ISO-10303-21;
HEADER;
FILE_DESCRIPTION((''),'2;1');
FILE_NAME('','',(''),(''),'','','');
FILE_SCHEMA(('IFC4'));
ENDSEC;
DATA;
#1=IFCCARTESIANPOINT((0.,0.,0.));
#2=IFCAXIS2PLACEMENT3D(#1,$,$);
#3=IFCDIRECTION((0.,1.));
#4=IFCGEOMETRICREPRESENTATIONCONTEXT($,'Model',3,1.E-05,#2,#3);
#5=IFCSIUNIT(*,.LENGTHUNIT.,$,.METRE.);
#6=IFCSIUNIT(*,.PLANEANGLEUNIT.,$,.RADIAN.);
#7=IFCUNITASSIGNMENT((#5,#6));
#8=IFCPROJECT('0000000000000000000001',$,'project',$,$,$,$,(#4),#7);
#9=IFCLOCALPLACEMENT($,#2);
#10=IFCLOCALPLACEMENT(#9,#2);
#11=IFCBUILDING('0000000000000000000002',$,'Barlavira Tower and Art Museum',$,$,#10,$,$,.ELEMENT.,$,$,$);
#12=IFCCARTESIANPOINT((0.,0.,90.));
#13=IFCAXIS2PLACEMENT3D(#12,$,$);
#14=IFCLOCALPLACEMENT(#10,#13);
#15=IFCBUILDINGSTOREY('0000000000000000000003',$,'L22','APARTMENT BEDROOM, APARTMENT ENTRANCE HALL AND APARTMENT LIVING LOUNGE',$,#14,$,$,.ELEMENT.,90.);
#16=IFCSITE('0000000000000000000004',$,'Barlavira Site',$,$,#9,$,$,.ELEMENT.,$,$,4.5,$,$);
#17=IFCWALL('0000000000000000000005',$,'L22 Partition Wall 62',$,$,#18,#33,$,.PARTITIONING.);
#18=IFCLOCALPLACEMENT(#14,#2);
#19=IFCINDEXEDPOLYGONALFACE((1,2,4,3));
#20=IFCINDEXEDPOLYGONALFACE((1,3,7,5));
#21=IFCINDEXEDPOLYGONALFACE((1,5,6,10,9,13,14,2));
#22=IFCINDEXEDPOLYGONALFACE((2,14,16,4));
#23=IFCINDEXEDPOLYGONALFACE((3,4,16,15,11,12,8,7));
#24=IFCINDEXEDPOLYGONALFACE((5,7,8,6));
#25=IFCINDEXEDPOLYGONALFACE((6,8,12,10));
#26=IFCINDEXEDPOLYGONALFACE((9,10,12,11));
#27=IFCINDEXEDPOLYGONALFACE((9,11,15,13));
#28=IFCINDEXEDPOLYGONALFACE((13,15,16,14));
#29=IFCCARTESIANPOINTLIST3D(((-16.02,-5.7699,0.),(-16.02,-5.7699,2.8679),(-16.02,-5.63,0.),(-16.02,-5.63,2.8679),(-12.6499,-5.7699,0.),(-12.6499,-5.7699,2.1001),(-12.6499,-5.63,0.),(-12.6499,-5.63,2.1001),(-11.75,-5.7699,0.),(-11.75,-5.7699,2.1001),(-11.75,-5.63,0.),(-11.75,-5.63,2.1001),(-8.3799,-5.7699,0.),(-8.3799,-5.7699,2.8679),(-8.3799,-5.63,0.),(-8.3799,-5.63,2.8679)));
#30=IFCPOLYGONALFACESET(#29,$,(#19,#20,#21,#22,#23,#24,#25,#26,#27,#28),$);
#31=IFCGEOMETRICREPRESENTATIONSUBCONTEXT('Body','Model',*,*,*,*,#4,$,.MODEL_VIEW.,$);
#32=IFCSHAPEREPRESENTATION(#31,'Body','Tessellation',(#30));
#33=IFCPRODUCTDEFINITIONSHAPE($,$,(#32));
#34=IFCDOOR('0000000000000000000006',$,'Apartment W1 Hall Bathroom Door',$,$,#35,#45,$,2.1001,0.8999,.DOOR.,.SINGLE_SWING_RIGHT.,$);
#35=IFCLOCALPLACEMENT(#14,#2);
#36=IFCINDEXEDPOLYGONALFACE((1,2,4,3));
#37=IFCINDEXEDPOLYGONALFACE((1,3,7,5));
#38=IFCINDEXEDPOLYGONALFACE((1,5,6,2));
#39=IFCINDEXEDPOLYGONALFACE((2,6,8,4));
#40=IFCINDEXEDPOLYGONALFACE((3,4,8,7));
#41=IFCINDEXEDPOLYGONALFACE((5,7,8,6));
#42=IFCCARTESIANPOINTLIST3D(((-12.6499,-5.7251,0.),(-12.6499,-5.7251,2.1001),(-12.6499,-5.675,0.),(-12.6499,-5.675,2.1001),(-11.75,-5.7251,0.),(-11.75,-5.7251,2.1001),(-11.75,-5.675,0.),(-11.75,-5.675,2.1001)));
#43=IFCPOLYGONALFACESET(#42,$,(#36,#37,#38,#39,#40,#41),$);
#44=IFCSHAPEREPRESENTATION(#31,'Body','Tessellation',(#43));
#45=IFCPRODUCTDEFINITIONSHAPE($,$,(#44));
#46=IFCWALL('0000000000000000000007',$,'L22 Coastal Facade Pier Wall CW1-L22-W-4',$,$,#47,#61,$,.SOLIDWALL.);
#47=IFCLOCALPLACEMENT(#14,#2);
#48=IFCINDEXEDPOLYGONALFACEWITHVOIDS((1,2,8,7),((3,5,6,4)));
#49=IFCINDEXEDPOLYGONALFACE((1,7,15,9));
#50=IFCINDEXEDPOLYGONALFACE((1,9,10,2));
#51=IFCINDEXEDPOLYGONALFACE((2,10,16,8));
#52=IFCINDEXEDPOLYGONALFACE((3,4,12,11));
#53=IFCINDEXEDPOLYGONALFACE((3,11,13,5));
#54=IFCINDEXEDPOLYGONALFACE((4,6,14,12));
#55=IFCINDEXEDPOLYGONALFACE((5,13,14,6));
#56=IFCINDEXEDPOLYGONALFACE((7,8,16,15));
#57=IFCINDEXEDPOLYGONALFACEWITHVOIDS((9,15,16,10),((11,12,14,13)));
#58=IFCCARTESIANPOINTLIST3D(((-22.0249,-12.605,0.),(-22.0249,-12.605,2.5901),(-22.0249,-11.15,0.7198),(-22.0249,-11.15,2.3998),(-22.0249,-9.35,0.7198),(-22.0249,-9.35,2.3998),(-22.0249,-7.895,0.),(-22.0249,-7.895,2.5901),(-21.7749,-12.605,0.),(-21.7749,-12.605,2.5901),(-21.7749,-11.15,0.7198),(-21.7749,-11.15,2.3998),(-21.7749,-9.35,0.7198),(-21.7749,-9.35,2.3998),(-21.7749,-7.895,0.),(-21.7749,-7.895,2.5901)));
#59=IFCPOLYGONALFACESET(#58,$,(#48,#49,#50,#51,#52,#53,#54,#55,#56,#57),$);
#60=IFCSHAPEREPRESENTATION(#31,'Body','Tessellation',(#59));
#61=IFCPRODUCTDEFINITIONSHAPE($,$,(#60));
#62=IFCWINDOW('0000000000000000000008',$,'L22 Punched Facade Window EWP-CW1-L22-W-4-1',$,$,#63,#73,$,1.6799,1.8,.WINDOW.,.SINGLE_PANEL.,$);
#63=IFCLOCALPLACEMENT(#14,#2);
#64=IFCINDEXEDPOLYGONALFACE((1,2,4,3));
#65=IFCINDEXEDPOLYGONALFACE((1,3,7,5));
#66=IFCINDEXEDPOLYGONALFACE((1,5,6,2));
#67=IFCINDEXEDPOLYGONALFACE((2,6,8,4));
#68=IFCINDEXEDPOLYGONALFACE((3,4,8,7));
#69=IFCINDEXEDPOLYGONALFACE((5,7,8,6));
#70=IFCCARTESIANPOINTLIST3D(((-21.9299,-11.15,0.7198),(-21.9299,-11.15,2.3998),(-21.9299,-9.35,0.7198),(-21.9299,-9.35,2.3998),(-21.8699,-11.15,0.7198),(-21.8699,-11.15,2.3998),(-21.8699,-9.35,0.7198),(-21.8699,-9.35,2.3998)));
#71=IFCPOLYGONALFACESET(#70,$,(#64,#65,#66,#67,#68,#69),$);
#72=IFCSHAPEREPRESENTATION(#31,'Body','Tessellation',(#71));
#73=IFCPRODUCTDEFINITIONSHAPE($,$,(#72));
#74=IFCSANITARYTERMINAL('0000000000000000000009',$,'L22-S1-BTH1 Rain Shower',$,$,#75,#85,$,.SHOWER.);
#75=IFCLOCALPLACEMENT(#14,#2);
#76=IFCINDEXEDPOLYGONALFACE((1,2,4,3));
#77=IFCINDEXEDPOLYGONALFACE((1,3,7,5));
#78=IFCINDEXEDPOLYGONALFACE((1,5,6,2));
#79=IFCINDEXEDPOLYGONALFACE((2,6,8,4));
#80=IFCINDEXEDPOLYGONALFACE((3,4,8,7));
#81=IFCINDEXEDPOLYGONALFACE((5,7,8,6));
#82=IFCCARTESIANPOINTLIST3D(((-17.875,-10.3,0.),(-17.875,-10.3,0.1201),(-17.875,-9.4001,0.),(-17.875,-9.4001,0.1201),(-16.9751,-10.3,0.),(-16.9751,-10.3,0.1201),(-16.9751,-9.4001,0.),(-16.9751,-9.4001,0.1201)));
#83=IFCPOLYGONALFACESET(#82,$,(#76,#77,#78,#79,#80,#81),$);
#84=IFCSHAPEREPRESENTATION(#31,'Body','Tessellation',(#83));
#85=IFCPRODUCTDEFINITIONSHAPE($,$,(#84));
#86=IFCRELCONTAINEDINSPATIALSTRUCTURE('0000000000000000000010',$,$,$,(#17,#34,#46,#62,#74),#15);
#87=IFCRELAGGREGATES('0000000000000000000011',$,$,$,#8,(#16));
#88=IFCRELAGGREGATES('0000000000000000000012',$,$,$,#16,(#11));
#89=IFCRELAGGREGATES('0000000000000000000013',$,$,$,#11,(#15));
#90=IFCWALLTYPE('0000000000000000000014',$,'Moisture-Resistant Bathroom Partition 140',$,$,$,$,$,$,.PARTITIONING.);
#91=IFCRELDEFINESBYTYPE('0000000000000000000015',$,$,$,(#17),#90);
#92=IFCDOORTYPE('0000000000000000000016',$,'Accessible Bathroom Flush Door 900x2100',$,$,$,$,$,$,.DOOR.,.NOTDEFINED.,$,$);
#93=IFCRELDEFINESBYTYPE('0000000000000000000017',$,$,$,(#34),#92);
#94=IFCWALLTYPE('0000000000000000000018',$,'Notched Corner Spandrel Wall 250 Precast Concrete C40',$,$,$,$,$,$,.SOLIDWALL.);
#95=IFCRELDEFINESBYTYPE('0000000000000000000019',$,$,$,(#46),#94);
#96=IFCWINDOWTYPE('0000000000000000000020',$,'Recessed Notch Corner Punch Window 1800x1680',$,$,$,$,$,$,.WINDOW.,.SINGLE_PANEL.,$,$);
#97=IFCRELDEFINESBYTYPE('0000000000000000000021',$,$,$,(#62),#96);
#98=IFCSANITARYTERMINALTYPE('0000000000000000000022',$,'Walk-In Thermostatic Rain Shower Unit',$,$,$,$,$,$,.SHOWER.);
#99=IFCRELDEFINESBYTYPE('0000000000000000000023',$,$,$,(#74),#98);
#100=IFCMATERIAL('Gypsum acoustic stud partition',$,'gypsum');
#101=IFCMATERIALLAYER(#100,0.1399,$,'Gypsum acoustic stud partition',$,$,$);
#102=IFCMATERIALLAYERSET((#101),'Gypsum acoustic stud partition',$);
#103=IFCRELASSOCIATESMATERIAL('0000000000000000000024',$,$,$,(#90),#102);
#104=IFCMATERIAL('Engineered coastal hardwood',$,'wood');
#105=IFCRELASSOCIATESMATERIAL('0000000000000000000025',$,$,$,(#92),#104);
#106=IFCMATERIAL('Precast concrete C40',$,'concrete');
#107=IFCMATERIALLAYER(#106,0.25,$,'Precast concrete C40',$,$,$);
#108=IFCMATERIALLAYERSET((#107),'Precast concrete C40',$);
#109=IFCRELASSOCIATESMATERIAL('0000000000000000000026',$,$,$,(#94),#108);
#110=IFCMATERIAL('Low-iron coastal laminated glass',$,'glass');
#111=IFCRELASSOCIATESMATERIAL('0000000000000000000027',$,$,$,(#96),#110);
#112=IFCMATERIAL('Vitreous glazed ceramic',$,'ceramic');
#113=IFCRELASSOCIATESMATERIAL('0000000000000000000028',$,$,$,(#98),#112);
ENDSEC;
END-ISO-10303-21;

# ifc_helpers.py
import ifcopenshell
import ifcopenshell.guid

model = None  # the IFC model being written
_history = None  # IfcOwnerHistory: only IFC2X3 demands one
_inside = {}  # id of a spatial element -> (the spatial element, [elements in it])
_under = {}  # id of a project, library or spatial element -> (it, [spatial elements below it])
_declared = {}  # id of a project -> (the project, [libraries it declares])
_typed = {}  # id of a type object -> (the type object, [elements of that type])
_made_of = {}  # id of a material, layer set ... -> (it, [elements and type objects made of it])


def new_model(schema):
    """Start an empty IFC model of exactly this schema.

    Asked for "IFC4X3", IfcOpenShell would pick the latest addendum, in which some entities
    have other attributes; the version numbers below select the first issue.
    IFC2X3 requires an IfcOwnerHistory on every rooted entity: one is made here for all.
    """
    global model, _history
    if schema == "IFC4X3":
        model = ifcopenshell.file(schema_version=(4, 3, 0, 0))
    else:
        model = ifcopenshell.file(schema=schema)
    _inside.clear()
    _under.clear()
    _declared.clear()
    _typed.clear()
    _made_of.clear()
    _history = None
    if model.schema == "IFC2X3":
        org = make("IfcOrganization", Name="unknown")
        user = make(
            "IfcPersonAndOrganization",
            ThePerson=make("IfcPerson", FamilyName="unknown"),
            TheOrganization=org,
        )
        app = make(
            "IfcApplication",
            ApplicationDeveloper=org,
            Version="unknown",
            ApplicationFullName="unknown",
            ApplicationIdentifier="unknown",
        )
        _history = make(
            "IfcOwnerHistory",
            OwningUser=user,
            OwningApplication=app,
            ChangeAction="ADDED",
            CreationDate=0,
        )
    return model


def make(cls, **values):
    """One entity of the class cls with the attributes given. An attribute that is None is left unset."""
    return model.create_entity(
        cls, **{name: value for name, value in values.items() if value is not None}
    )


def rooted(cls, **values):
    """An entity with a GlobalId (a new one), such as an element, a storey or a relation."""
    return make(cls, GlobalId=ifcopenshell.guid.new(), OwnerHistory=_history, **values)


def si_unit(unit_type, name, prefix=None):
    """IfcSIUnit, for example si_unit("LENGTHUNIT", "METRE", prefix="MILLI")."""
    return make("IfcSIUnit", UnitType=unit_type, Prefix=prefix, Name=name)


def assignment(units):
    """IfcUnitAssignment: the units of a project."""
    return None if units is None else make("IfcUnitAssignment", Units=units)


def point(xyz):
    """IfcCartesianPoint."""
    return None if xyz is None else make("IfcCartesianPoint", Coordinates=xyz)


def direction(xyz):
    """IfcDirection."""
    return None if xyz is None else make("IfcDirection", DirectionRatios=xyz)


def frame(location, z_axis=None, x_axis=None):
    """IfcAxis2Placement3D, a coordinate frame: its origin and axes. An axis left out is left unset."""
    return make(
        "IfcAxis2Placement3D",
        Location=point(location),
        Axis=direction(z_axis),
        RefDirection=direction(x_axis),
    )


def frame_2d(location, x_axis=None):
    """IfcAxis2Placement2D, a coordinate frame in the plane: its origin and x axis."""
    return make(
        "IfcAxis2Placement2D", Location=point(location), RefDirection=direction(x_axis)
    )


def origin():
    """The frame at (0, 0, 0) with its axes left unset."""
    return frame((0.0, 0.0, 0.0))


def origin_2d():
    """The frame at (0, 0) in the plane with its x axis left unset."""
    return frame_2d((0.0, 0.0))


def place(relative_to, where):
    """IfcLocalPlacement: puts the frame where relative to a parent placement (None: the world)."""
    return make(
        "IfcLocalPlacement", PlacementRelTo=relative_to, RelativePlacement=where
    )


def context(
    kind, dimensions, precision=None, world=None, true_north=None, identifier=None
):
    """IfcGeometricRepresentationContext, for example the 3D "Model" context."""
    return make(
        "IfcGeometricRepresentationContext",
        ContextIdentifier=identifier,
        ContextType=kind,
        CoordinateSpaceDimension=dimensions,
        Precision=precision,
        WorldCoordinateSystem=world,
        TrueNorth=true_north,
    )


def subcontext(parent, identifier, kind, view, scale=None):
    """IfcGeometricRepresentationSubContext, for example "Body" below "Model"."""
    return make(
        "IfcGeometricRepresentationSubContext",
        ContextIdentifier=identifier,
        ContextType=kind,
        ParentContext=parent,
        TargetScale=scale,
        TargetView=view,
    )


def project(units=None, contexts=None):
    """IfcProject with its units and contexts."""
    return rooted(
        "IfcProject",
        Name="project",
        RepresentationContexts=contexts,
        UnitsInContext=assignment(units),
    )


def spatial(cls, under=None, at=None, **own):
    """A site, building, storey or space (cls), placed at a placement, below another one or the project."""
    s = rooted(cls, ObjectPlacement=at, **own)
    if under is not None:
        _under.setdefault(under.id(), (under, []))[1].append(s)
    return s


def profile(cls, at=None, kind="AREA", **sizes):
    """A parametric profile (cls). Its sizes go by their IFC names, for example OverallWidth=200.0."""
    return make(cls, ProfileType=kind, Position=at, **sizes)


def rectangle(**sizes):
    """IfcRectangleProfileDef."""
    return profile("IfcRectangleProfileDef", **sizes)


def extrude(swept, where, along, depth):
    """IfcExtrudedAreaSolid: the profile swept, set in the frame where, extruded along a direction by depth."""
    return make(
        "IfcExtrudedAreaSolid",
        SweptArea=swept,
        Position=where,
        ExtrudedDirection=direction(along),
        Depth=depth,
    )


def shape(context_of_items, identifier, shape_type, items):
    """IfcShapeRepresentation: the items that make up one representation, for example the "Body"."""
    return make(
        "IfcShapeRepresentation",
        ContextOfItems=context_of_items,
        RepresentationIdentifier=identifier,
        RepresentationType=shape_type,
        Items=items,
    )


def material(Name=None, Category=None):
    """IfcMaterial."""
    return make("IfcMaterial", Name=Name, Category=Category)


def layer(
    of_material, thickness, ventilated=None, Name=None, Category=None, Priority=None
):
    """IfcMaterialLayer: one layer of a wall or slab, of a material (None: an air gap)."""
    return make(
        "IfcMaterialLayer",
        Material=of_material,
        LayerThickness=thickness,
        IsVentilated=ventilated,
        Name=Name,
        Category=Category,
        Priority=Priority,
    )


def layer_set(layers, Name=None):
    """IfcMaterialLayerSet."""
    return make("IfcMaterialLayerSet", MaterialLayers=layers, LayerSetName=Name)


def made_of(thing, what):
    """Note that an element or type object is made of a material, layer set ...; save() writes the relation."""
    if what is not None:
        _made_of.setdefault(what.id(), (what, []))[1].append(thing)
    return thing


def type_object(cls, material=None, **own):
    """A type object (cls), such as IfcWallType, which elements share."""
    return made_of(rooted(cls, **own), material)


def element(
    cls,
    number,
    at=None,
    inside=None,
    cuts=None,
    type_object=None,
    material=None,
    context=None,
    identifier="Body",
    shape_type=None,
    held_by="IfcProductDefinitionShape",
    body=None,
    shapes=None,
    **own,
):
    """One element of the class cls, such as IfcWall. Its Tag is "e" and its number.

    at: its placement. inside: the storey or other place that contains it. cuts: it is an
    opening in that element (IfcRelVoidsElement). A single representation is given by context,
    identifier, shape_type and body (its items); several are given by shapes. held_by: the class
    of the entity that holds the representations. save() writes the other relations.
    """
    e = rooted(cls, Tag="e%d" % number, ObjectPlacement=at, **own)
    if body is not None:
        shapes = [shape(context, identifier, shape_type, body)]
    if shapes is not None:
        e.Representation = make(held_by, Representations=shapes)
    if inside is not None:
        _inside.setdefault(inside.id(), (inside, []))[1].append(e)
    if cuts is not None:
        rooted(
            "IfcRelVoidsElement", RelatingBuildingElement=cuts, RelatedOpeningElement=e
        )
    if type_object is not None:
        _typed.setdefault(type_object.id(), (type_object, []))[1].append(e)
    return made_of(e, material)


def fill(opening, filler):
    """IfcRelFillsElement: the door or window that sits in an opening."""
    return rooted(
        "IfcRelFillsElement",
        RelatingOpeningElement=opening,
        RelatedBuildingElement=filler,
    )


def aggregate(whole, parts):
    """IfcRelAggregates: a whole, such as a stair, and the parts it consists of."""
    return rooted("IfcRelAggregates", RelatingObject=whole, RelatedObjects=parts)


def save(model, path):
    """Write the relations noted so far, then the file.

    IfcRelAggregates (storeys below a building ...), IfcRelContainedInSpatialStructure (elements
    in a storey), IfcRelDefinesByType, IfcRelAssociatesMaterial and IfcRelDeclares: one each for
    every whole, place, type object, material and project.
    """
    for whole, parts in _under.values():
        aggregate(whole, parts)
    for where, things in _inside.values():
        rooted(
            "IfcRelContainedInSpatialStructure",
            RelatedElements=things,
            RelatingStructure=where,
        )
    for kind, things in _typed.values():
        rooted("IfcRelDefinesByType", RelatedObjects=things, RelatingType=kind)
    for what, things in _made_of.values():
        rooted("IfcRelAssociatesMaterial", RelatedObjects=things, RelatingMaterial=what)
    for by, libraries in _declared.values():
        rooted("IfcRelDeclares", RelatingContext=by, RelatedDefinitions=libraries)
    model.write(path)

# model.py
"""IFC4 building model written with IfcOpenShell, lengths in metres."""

from ifc_helpers import new_model, si_unit, direction, frame, frame_2d, origin, origin_2d, place, context, subcontext, project, spatial, rectangle, extrude, material, layer, layer_set, type_object, element, fill, save


model = new_model("IFC4")

# Units and contexts
model_context = context("Model", 3, precision=1e-05, world=origin(), true_north=direction((0.0, 1.0)))
body_context = subcontext(model_context, "Body", "Model", "MODEL_VIEW")
ifc_project = project(units=[si_unit("LENGTHUNIT", "METRE"), si_unit("PLANEANGLEUNIT", "RADIAN")], contexts=[model_context])

# Site, building, storey
site_placement = place(None, origin())
site = spatial("IfcSite", under=ifc_project, at=site_placement, Name="Barlavira Site", CompositionType="ELEMENT", RefElevation=4.5)
building_placement = place(site_placement, origin())
building = spatial("IfcBuilding", under=site, at=building_placement, Name="Barlavira Tower and Art Museum", CompositionType="ELEMENT")
storey_placement = place(building_placement, frame((0.0, 0.0, 90.0)))
storey = spatial("IfcBuildingStorey", under=building, at=storey_placement, Name="L22", Description="APARTMENT BEDROOM, APARTMENT ENTRANCE HALL AND APARTMENT LIVING LOUNGE", CompositionType="ELEMENT", Elevation=90.0)

# Shared definitions
ifc_material_1 = material(Name="Low-iron coastal laminated glass", Category="glass")

# Shared definitions
ifc_material_2 = material(Name="Gypsum acoustic stud partition", Category="gypsum")
ifc_material_3 = material(Name="Engineered coastal hardwood", Category="wood")

# Shared definitions
ifc_layer_1 = layer(ifc_material_2, 0.1399, Name="Gypsum acoustic stud partition")
ifc_layer_set_1 = layer_set([ifc_layer_1], Name="Gypsum acoustic stud partition")
wall_type_1 = type_object("IfcWallType", Name="Moisture-Resistant Bathroom Partition 140", PredefinedType="PARTITIONING", material=ifc_layer_set_1)

# Wall, opening, door
wall_1_placement = place(storey_placement, frame((-16.02, -5.7, 0.0), z_axis=(0.0, 0.0, 1.0), x_axis=(1.0, 0.0, 0.0)))
wall_1 = element("IfcWall", 1, at=wall_1_placement, inside=storey, type_object=wall_type_1, Name="L22 Partition Wall 62", PredefinedType="PARTITIONING", context=body_context, shape_type="SweptSolid", body=[
    extrude(rectangle(XDim=7.6401, YDim=0.1399, at=frame_2d((3.8201, 0.0))), origin(), (0.0, 0.0, 1.0), 2.8679),
])
opening_1_placement = place(wall_1_placement, frame((3.3701, 0.0, 0.0)))
opening_1 = element("IfcOpeningElement", 2, at=opening_1_placement, cuts=wall_1, PredefinedType="OPENING", context=body_context, shape_type="SweptSolid", body=[
    extrude(rectangle(XDim=0.8999, YDim=2.1001, at=frame_2d((0.45, 1.05))), frame((0.0, 0.0801, 0.0), z_axis=(0.0, -1.0, 0.0), x_axis=(1.0, 0.0, 0.0)), (0.0, 0.0, 1.0), 0.1599),
])
door_type_1 = type_object("IfcDoorType", Name="Accessible Bathroom Flush Door 900x2100", OperationType="NOTDEFINED", PredefinedType="DOOR", material=ifc_material_3)
door_1_placement = place(opening_1_placement, origin())
door_1 = element("IfcDoor", 3, at=door_1_placement, inside=storey, type_object=door_type_1, Name="Apartment W1 Hall Bathroom Door", OperationType="SINGLE_SWING_RIGHT", OverallHeight=2.1001, OverallWidth=0.8999, PredefinedType="DOOR", context=body_context, shape_type="SweptSolid", body=[
    extrude(rectangle(XDim=0.8999, YDim=2.1001, at=frame_2d((0.45, 1.05))), frame((0.0, 0.0249, 0.0), z_axis=(0.0, -1.0, 0.0), x_axis=(1.0, 0.0, 0.0)), (0.0, 0.0, 1.0), 0.05),
])
fill(opening_1, door_1)

# Wall, opening, window
ifc_material_4 = material(Name="Precast concrete C40", Category="concrete")
ifc_layer_2 = layer(ifc_material_4, 0.25, Name="Precast concrete C40")
ifc_layer_set_2 = layer_set([ifc_layer_2], Name="Precast concrete C40")
wall_type_2 = type_object("IfcWallType", Name="Notched Corner Spandrel Wall 250 Precast Concrete C40", PredefinedType="SOLIDWALL", material=ifc_layer_set_2)
wall_2_placement = place(storey_placement, frame((-21.8999, -7.895, 0.0), z_axis=(0.0, 0.0, 1.0), x_axis=(0.0, -1.0, 0.0)))
wall_2 = element("IfcWall", 4, at=wall_2_placement, inside=storey, type_object=wall_type_2, Name="L22 Coastal Facade Pier Wall CW1-L22-W-4", PredefinedType="SOLIDWALL", context=body_context, shape_type="SweptSolid", body=[
    extrude(rectangle(XDim=4.71, YDim=0.25, at=frame_2d((2.355, 0.0))), origin(), (0.0, 0.0, 1.0), 2.5901),
])
opening_2_placement = place(wall_2_placement, frame((1.4551, 0.0, 0.72)))
opening_2 = element("IfcOpeningElement", 5, at=opening_2_placement, cuts=wall_2, PredefinedType="OPENING", context=body_context, shape_type="SweptSolid", body=[
    extrude(rectangle(XDim=1.8, YDim=1.6799, at=frame_2d((0.8999, 0.8398))), frame((0.0, 0.135, 0.0), z_axis=(0.0, -1.0, 0.0), x_axis=(1.0, 0.0, 0.0)), (0.0, 0.0, 1.0), 0.27),
])
window_type = type_object("IfcWindowType", Name="Recessed Notch Corner Punch Window 1800x1680", PartitioningType="SINGLE_PANEL", PredefinedType="WINDOW", material=ifc_material_1)
window_placement = place(opening_2_placement, origin())
window = element("IfcWindow", 6, at=window_placement, inside=storey, type_object=window_type, Name="L22 Punched Facade Window EWP-CW1-L22-W-4-1", OverallHeight=1.6799, OverallWidth=1.8, PartitioningType="SINGLE_PANEL", PredefinedType="WINDOW", context=body_context, shape_type="SweptSolid", body=[
    extrude(rectangle(XDim=1.8, YDim=1.6799, at=frame_2d((0.8999, 0.8398))), frame((0.0, 0.03, 0.0), z_axis=(0.0, -1.0, 0.0), x_axis=(1.0, 0.0, 0.0)), (0.0, 0.0, 1.0), 0.0601),
])
fill(opening_2, window)

# Sanitary terminal
ifc_material_5 = material(Name="Vitreous glazed ceramic", Category="ceramic")
sanitary_terminal_type = type_object("IfcSanitaryTerminalType", Name="Walk-In Thermostatic Rain Shower Unit", PredefinedType="SHOWER", material=ifc_material_5)
sanitary_terminal_placement = place(storey_placement, frame((-17.425, -9.8501, 0.0), z_axis=(0.0, 0.0, 1.0), x_axis=(1.0, 0.0, 0.0)))
element("IfcSanitaryTerminal", 7, at=sanitary_terminal_placement, inside=storey, type_object=sanitary_terminal_type, Name="L22-S1-BTH1 Rain Shower", PredefinedType="SHOWER", context=body_context, shape_type="SweptSolid", body=[
    extrude(rectangle(XDim=0.8999, YDim=0.8999, at=origin_2d()), origin(), (0.0, 0.0, 1.0), 0.1201),
])

save(model, "model.ifc")
